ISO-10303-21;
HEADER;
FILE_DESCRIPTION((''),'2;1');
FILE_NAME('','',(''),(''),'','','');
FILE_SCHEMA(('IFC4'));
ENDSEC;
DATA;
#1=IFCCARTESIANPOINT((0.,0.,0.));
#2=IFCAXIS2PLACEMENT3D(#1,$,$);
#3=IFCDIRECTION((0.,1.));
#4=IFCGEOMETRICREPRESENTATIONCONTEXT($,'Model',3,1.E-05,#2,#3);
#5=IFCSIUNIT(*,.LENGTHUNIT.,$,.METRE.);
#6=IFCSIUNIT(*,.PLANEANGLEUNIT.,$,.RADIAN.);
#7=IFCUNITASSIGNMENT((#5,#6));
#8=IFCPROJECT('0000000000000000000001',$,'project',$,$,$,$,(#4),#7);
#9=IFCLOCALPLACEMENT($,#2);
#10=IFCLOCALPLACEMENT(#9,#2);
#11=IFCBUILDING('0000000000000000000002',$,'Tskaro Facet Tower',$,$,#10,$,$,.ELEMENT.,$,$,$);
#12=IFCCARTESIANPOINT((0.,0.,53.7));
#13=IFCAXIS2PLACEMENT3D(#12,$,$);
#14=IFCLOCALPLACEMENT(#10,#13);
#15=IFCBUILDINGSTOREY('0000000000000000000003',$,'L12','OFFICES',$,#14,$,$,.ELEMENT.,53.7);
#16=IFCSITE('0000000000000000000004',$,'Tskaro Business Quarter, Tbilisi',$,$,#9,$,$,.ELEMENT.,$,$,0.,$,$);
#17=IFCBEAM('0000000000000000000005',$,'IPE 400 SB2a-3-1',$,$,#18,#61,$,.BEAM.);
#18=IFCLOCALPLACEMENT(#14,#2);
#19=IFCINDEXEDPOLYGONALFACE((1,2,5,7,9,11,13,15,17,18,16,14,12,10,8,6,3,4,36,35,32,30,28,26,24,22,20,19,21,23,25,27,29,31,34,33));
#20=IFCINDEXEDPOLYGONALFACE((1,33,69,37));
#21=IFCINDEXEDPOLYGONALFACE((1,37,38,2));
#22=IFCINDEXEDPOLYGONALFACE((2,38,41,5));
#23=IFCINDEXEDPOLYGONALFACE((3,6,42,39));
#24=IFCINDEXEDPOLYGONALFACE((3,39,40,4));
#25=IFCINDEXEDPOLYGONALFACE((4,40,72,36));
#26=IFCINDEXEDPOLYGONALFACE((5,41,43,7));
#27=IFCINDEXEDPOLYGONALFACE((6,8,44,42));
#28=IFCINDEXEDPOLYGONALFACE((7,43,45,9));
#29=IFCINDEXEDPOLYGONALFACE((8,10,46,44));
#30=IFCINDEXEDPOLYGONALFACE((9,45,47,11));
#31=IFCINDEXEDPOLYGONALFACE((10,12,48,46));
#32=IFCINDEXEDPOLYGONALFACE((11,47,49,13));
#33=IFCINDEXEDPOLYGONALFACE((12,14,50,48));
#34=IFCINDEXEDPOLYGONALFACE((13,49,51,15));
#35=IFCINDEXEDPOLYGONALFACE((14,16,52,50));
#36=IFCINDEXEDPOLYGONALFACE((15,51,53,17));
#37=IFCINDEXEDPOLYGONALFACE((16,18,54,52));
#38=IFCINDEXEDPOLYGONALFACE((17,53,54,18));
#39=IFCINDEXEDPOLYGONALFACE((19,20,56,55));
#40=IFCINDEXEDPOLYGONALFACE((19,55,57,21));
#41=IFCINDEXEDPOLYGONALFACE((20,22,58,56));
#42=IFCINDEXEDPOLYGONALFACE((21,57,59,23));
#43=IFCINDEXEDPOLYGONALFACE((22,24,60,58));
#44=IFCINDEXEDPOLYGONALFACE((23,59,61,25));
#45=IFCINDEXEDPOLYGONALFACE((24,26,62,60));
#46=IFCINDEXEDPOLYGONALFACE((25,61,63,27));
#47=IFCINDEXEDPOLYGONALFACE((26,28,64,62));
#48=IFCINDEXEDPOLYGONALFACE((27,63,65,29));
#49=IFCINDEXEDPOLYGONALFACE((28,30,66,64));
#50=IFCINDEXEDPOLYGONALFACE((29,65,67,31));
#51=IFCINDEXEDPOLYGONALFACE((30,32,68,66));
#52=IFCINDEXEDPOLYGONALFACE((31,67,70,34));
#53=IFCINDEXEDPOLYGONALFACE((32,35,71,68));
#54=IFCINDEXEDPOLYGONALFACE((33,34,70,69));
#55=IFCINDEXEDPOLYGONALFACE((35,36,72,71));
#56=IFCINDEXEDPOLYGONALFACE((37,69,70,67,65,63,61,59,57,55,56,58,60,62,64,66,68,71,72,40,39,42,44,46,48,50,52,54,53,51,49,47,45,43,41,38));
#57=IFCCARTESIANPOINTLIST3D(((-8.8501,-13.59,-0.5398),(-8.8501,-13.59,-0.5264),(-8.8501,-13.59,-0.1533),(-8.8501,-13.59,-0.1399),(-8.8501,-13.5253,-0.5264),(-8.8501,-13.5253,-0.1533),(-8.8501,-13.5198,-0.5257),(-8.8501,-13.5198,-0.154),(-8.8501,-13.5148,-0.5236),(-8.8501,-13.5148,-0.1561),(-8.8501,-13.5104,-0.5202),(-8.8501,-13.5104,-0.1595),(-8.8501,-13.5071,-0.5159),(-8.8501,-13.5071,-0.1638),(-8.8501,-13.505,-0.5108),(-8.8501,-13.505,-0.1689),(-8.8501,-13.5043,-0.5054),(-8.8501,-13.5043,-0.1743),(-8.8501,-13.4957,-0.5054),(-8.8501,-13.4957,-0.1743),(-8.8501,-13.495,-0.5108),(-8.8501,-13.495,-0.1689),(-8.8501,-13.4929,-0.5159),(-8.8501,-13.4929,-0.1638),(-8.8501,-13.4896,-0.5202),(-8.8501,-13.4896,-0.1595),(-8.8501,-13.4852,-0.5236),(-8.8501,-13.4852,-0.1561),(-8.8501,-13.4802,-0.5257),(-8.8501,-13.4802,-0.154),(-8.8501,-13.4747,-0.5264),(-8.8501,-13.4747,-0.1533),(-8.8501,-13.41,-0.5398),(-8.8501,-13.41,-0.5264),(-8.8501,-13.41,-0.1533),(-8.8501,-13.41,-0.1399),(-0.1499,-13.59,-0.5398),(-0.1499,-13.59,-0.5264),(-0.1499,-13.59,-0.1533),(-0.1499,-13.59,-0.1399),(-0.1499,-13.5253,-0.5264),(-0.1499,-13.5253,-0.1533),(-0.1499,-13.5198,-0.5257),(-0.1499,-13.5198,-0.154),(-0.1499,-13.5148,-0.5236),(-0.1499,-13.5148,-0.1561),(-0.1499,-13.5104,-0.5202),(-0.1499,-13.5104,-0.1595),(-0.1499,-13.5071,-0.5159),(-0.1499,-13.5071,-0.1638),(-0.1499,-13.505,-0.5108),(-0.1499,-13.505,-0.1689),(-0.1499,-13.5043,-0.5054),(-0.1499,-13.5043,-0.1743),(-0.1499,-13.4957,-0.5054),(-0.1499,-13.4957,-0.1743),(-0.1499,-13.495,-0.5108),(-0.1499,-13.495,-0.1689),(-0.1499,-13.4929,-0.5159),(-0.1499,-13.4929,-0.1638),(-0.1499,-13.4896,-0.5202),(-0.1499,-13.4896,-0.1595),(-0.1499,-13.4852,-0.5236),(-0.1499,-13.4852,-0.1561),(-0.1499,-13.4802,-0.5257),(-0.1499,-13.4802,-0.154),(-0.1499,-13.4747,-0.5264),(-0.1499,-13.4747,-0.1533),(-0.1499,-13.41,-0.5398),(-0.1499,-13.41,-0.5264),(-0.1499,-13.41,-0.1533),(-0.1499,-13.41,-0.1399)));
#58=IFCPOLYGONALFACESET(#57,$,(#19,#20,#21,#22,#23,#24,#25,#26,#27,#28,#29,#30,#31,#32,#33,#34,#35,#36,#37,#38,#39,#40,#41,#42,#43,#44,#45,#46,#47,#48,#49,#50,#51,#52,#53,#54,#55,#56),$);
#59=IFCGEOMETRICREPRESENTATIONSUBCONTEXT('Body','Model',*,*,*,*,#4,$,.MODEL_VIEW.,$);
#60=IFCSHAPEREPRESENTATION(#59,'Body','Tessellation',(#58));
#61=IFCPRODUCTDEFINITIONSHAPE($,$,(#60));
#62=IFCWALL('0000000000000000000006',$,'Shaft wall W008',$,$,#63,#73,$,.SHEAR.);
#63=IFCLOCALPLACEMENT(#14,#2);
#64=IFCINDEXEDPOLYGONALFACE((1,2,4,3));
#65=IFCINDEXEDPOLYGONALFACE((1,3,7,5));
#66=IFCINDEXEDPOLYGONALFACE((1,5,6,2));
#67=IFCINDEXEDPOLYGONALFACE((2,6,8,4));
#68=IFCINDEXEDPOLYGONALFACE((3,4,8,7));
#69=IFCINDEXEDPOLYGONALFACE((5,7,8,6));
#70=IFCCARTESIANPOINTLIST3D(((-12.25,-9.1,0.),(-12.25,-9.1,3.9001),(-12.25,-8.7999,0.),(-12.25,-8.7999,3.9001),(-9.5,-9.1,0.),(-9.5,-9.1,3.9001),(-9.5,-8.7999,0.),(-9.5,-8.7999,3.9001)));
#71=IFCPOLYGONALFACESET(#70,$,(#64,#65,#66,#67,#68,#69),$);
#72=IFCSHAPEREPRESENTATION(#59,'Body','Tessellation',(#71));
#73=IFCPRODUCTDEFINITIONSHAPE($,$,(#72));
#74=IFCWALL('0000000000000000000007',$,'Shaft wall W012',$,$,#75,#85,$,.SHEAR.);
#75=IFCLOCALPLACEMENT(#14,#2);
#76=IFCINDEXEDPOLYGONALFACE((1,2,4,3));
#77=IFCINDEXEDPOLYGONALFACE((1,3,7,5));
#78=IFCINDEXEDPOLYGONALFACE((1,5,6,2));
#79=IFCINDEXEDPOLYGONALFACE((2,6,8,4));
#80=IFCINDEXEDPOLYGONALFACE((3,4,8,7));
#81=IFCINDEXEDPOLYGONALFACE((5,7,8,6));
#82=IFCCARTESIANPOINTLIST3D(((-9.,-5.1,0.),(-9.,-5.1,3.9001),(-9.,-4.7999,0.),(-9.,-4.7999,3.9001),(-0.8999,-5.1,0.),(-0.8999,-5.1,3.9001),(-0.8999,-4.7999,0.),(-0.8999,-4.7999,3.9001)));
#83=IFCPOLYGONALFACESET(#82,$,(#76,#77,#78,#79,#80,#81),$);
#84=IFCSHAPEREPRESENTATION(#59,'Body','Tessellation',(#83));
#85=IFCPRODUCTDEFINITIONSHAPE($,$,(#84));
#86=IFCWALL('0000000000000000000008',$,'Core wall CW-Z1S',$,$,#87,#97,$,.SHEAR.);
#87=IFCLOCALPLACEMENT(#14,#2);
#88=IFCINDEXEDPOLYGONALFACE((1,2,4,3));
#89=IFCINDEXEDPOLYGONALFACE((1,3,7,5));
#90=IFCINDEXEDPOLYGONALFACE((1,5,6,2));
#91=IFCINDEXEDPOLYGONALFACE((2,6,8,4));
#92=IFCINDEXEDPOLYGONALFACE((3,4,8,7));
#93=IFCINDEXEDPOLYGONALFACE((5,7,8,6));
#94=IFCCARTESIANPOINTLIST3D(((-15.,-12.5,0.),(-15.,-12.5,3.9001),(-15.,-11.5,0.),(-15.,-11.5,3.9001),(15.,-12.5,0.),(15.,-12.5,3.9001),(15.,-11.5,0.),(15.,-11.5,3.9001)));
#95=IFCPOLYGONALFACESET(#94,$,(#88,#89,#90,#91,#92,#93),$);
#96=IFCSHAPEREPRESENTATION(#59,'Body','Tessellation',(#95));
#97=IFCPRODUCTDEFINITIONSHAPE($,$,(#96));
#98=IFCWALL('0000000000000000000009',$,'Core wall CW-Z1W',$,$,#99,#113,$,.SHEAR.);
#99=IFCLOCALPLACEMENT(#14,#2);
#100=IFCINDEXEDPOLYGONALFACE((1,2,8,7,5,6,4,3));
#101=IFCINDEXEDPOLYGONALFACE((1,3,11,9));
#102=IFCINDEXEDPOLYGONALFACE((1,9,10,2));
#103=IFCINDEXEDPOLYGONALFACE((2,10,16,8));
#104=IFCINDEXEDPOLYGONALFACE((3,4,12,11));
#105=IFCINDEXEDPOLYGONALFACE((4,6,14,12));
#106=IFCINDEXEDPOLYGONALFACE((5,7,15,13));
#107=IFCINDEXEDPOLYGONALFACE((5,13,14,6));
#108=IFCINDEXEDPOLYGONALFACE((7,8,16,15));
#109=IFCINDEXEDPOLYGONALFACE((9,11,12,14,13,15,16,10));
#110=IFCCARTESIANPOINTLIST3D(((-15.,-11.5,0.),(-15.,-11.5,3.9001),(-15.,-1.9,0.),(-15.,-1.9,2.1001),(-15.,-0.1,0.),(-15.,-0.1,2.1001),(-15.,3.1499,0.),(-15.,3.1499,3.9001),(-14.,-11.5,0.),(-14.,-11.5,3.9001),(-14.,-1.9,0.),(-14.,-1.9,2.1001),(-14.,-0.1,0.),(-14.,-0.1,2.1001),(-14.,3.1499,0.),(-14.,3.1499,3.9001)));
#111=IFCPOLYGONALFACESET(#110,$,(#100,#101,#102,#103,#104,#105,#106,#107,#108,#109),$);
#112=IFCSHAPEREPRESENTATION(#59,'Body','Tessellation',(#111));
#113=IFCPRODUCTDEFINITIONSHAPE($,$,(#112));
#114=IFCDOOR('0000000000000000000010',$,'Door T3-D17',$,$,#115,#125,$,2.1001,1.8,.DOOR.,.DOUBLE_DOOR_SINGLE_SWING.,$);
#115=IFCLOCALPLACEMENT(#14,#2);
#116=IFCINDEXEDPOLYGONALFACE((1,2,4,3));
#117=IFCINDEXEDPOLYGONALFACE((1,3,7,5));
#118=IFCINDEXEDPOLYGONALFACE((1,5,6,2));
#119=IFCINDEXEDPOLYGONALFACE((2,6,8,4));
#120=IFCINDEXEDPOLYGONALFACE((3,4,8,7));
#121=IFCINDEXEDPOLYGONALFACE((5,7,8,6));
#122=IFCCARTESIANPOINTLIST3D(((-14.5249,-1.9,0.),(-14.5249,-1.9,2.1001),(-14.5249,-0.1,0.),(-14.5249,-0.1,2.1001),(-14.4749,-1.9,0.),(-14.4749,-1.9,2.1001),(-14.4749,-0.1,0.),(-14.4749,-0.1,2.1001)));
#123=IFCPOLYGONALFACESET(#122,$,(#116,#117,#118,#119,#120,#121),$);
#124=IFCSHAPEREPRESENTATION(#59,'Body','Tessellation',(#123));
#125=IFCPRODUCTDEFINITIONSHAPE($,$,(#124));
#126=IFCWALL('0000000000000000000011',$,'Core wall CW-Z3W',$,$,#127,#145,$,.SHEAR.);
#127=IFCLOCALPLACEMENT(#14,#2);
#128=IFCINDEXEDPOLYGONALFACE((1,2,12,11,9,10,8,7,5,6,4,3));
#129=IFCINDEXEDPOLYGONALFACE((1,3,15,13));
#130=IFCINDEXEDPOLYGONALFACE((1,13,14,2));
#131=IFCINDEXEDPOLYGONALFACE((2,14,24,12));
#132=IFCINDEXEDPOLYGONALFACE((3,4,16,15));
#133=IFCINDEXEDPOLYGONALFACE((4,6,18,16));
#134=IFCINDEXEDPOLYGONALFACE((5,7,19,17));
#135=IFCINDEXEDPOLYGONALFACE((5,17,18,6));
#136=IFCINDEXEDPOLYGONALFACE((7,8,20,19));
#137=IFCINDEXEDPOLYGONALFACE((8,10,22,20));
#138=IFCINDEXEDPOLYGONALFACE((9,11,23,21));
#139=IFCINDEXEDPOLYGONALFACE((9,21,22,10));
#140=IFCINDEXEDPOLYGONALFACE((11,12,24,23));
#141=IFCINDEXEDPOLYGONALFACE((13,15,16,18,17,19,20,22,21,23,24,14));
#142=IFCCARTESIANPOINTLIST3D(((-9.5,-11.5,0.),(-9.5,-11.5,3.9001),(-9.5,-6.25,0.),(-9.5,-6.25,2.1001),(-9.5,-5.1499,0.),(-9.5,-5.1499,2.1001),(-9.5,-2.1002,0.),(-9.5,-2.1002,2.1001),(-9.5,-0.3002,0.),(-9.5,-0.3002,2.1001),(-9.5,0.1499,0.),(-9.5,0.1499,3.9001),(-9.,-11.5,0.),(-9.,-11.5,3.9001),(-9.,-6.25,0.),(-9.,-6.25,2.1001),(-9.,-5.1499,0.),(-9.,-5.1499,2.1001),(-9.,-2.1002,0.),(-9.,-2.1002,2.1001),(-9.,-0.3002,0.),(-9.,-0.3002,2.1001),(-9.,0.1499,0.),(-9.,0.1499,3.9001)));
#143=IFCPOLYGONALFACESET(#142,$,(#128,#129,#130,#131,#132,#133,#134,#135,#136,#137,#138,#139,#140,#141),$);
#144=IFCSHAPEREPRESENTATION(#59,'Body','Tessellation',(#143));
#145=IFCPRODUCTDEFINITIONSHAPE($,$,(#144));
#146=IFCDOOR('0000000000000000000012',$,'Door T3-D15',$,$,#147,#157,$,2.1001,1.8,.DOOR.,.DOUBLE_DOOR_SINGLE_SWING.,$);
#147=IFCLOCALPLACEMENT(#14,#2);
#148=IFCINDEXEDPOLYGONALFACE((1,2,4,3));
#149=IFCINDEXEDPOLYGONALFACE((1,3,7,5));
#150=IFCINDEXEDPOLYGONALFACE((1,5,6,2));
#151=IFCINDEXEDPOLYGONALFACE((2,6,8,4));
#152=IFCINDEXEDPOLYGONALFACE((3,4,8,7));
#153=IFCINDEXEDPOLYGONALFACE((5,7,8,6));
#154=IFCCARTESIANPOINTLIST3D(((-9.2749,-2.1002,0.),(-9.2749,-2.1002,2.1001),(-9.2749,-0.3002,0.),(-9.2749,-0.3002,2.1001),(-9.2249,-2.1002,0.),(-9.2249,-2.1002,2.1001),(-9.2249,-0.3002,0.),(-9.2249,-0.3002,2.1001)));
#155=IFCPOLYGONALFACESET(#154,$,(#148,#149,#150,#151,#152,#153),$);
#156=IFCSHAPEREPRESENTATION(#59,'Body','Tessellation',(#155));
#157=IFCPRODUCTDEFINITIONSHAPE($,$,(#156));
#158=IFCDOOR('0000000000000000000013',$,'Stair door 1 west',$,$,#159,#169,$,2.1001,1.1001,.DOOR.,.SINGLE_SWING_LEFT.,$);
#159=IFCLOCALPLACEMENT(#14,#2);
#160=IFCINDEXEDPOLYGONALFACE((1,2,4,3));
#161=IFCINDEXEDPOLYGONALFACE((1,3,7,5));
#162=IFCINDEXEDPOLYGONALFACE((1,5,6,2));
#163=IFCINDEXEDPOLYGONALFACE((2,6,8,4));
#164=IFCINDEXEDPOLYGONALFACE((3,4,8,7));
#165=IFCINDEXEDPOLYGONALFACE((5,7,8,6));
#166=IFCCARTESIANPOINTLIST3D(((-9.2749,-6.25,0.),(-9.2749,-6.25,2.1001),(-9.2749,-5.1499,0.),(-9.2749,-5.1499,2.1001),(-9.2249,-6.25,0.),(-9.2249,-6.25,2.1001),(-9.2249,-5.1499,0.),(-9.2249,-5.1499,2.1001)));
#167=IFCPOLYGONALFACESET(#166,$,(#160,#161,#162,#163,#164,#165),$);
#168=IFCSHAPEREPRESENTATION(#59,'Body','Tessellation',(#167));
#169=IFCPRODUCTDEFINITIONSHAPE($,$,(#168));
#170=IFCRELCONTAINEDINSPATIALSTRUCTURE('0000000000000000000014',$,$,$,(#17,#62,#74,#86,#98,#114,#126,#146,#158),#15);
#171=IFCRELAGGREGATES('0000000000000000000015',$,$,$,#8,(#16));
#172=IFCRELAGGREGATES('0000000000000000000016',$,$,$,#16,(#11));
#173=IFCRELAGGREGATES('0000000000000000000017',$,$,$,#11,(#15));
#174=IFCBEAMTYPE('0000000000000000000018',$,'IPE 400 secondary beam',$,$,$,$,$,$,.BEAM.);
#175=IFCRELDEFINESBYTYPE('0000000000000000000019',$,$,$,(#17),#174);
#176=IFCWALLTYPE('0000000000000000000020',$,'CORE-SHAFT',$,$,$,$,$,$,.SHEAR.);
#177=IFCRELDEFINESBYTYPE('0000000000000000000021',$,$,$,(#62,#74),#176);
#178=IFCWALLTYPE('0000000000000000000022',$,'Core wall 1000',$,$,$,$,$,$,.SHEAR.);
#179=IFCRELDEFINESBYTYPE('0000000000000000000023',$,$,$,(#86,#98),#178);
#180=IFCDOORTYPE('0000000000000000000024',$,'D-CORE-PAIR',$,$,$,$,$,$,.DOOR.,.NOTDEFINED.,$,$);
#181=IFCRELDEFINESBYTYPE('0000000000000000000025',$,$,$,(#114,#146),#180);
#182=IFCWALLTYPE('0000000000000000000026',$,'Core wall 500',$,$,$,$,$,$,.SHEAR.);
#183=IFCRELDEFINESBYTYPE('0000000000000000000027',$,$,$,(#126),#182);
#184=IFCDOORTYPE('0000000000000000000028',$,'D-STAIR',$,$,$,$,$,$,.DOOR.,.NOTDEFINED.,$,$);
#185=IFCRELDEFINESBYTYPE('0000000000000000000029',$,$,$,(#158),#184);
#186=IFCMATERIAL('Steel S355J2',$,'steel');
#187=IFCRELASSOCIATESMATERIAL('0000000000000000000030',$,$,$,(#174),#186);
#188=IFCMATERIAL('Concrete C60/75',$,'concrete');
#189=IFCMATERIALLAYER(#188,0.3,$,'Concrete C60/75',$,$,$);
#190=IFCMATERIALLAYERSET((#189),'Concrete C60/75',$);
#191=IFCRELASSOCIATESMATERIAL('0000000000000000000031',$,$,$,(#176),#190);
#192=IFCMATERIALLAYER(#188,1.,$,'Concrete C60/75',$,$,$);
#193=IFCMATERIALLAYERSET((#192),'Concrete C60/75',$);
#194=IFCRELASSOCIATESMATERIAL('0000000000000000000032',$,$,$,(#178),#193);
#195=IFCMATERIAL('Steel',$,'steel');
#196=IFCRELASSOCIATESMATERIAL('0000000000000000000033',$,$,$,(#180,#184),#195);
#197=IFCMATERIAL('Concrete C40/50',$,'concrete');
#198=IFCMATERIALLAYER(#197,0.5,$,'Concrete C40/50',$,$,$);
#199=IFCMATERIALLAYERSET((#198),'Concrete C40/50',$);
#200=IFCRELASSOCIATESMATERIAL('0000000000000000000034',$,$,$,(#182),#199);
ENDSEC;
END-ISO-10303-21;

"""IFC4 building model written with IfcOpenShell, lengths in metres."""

from ifc_helpers import new_model, si_unit, direction, frame, frame_2d, origin, origin_2d, place, context, subcontext, project, spatial, rectangle, i_section, extrude, material, layer, layer_set, material_profile, profile_set, type_object, element, fill, save


model = new_model("IFC4")

# Units and contexts
model_context = context("Model", 3, precision=1e-05, world=origin(), true_north=direction((0.0, 1.0)))
body_context = subcontext(model_context, "Body", "Model", "MODEL_VIEW")
ifc_project = project(units=[si_unit("LENGTHUNIT", "METRE"), si_unit("PLANEANGLEUNIT", "RADIAN")], contexts=[model_context])

# Site, building, storey
site_placement = place(None, origin())
site = spatial("IfcSite", under=ifc_project, at=site_placement, Name="Tskaro Business Quarter, Tbilisi", CompositionType="ELEMENT", RefElevation=0.0)
building_placement = place(site_placement, origin())
building = spatial("IfcBuilding", under=site, at=building_placement, Name="Tskaro Facet Tower", CompositionType="ELEMENT")
storey_placement = place(building_placement, frame((0.0, 0.0, 53.7)))
storey = spatial("IfcBuildingStorey", under=building, at=storey_placement, Name="L12", Description="OFFICES", CompositionType="ELEMENT", Elevation=53.7)

# Beam
ifc_material_1 = material(Name="Steel S355J2", Category="steel")
ifc_material_profile_1 = material_profile(ifc_material_1, i_section(OverallWidth=0.1799, OverallDepth=0.3999, WebThickness=0.0085, FlangeThickness=0.0134, FilletRadius=0.021, at=origin_2d()), Name="IPE 400")
ifc_profile_set_1 = profile_set([ifc_material_profile_1], Name="Steel S355J2")
beam_type_1 = type_object("IfcBeamType", Name="IPE 400 secondary beam", PredefinedType="BEAM", material=ifc_profile_set_1)
for number, where, z_axis, x_axis, name in (
    (1, (-8.8501, -13.5, -0.3398), (1.0, 0.0, 0.0), (0.0, 1.0, 0.0), "IPE 400 SB2a-3-1"),
):
    element("IfcBeam", number, at=place(storey_placement, frame(where, z_axis=z_axis, x_axis=x_axis)), inside=storey, type_object=beam_type_1, Name=name, PredefinedType="BEAM", context=body_context, shape_type="SweptSolid", body=[
        extrude(i_section(OverallWidth=0.1799, OverallDepth=0.3999, WebThickness=0.0085, FlangeThickness=0.0134, FilletRadius=0.021, at=origin_2d()), origin(), (0.0, 0.0, 1.0), 8.7002),
    ])

# Walls
ifc_material_2 = material(Name="Concrete C60/75", Category="concrete")
ifc_layer_1 = layer(ifc_material_2, 0.3, Name="Concrete C60/75")
ifc_layer_set_1 = layer_set([ifc_layer_1], Name="Concrete C60/75")
wall_type_1 = type_object("IfcWallType", Name="CORE-SHAFT", PredefinedType="SHEAR", material=ifc_layer_set_1)
wall_1_placement = place(storey_placement, frame((-12.25, -8.95, 0.0), z_axis=(0.0, 0.0, 1.0), x_axis=(1.0, 0.0, 0.0)))
element("IfcWall", 2, at=wall_1_placement, inside=storey, type_object=wall_type_1, Name="Shaft wall W008", PredefinedType="SHEAR", context=body_context, shape_type="SweptSolid", body=[
    extrude(rectangle(XDim=2.75, YDim=0.3, at=frame_2d((1.375, 0.0))), origin(), (0.0, 0.0, 1.0), 3.9001),
])
wall_2_placement = place(storey_placement, frame((-9.0, -4.95, 0.0), z_axis=(0.0, 0.0, 1.0), x_axis=(1.0, 0.0, 0.0)))
element("IfcWall", 3, at=wall_2_placement, inside=storey, type_object=wall_type_1, Name="Shaft wall W012", PredefinedType="SHEAR", context=body_context, shape_type="SweptSolid", body=[
    extrude(rectangle(XDim=8.1001, YDim=0.3, at=frame_2d((4.05, 0.0))), origin(), (0.0, 0.0, 1.0), 3.9001),
])
ifc_layer_2 = layer(ifc_material_2, 1.0, Name="Concrete C60/75")
ifc_layer_set_2 = layer_set([ifc_layer_2], Name="Concrete C60/75")
wall_type_2 = type_object("IfcWallType", Name="Core wall 1000", PredefinedType="SHEAR", material=ifc_layer_set_2)
wall_3_placement = place(storey_placement, frame((-15.0, -12.0, 0.0), z_axis=(0.0, 0.0, 1.0), x_axis=(1.0, 0.0, 0.0)))
element("IfcWall", 4, at=wall_3_placement, inside=storey, type_object=wall_type_2, Name="Core wall CW-Z1S", PredefinedType="SHEAR", context=body_context, shape_type="SweptSolid", body=[
    extrude(rectangle(XDim=30.0, YDim=1.0, at=frame_2d((15.0, 0.0))), origin(), (0.0, 0.0, 1.0), 3.9001),
])

# Wall, opening, door
wall_4_placement = place(storey_placement, frame((-14.5, -11.5, 0.0), z_axis=(0.0, 0.0, 1.0), x_axis=(0.0, 1.0, 0.0)))
wall_4 = element("IfcWall", 5, at=wall_4_placement, inside=storey, type_object=wall_type_2, Name="Core wall CW-Z1W", PredefinedType="SHEAR", context=body_context, shape_type="SweptSolid", body=[
    extrude(rectangle(XDim=14.6499, YDim=1.0, at=frame_2d((7.325, 0.0))), origin(), (0.0, 0.0, 1.0), 3.9001),
])
opening_1_placement = place(wall_4_placement, frame((9.6001, 0.0, 0.0)))
opening_1 = element("IfcOpeningElement", 6, at=opening_1_placement, cuts=wall_4, PredefinedType="OPENING", context=body_context, shape_type="SweptSolid", body=[
    extrude(rectangle(XDim=1.8, YDim=2.1001, at=frame_2d((0.8999, 1.05))), frame((0.0, 0.51, 0.0), z_axis=(0.0, -1.0, 0.0), x_axis=(1.0, 0.0, 0.0)), (0.0, 0.0, 1.0), 1.02),
])
ifc_material_3 = material(Name="Steel", Category="steel")
door_type_1 = type_object("IfcDoorType", Name="D-CORE-PAIR", OperationType="NOTDEFINED", PredefinedType="DOOR", material=ifc_material_3)
door_1_placement = place(opening_1_placement, origin())
door_1 = element("IfcDoor", 7, at=door_1_placement, inside=storey, type_object=door_type_1, Name="Door T3-D17", OperationType="DOUBLE_DOOR_SINGLE_SWING", OverallHeight=2.1001, OverallWidth=1.8, PredefinedType="DOOR", context=body_context, shape_type="SweptSolid", body=[
    extrude(rectangle(XDim=1.8, YDim=2.1001, at=frame_2d((0.8999, 1.05))), frame((0.0, 0.0249, 0.0), z_axis=(0.0, -1.0, 0.0), x_axis=(1.0, 0.0, 0.0)), (0.0, 0.0, 1.0), 0.05),
])
fill(opening_1, door_1)

# Wall, openings, doors
ifc_material_4 = material(Name="Concrete C40/50", Category="concrete")
ifc_layer_3 = layer(ifc_material_4, 0.5, Name="Concrete C40/50")
ifc_layer_set_3 = layer_set([ifc_layer_3], Name="Concrete C40/50")
wall_type_3 = type_object("IfcWallType", Name="Core wall 500", PredefinedType="SHEAR", material=ifc_layer_set_3)
wall_5_placement = place(storey_placement, frame((-9.25, -11.5, 0.0), z_axis=(0.0, 0.0, 1.0), x_axis=(0.0, 1.0, 0.0)))
wall_5 = element("IfcWall", 8, at=wall_5_placement, inside=storey, type_object=wall_type_3, Name="Core wall CW-Z3W", PredefinedType="SHEAR", context=body_context, shape_type="SweptSolid", body=[
    extrude(rectangle(XDim=11.6499, YDim=0.5, at=frame_2d((5.825, 0.0))), origin(), (0.0, 0.0, 1.0), 3.9001),
])
opening_2_placement = place(wall_5_placement, frame((9.3999, 0.0, 0.0)))
opening_2 = element("IfcOpeningElement", 9, at=opening_2_placement, cuts=wall_5, PredefinedType="OPENING", context=body_context, shape_type="SweptSolid", body=[
    extrude(rectangle(XDim=1.8, YDim=2.1001, at=frame_2d((0.8999, 1.05))), frame((0.0, 0.26, 0.0), z_axis=(0.0, -1.0, 0.0), x_axis=(1.0, 0.0, 0.0)), (0.0, 0.0, 1.0), 0.52),
])
opening_3_placement = place(wall_5_placement, frame((5.25, 0.0, 0.0)))
opening_3 = element("IfcOpeningElement", 10, at=opening_3_placement, cuts=wall_5, PredefinedType="OPENING", context=body_context, shape_type="SweptSolid", body=[
    extrude(rectangle(XDim=1.1001, YDim=2.1001, at=frame_2d((0.55, 1.05))), frame((0.0, 0.26, 0.0), z_axis=(0.0, -1.0, 0.0), x_axis=(1.0, 0.0, 0.0)), (0.0, 0.0, 1.0), 0.52),
])
door_2_placement = place(opening_2_placement, origin())
door_2 = element("IfcDoor", 11, at=door_2_placement, inside=storey, type_object=door_type_1, Name="Door T3-D15", OperationType="DOUBLE_DOOR_SINGLE_SWING", OverallHeight=2.1001, OverallWidth=1.8, PredefinedType="DOOR", context=body_context, shape_type="SweptSolid", body=[
    extrude(rectangle(XDim=1.8, YDim=2.1001, at=frame_2d((0.8999, 1.05))), frame((0.0, 0.0249, 0.0), z_axis=(0.0, -1.0, 0.0), x_axis=(1.0, 0.0, 0.0)), (0.0, 0.0, 1.0), 0.05),
])
fill(opening_2, door_2)
door_type_2 = type_object("IfcDoorType", Name="D-STAIR", OperationType="NOTDEFINED", PredefinedType="DOOR", material=ifc_material_3)
door_3_placement = place(opening_3_placement, origin())
door_3 = element("IfcDoor", 12, at=door_3_placement, inside=storey, type_object=door_type_2, Name="Stair door 1 west", OperationType="SINGLE_SWING_LEFT", OverallHeight=2.1001, OverallWidth=1.1001, PredefinedType="DOOR", context=body_context, shape_type="SweptSolid", body=[
    extrude(rectangle(XDim=1.1001, YDim=2.1001, at=frame_2d((0.55, 1.05))), frame((0.0, 0.0249, 0.0), z_axis=(0.0, -1.0, 0.0), x_axis=(1.0, 0.0, 0.0)), (0.0, 0.0, 1.0), 0.05),
])
fill(opening_3, door_3)

save(model, "model.ifc")
